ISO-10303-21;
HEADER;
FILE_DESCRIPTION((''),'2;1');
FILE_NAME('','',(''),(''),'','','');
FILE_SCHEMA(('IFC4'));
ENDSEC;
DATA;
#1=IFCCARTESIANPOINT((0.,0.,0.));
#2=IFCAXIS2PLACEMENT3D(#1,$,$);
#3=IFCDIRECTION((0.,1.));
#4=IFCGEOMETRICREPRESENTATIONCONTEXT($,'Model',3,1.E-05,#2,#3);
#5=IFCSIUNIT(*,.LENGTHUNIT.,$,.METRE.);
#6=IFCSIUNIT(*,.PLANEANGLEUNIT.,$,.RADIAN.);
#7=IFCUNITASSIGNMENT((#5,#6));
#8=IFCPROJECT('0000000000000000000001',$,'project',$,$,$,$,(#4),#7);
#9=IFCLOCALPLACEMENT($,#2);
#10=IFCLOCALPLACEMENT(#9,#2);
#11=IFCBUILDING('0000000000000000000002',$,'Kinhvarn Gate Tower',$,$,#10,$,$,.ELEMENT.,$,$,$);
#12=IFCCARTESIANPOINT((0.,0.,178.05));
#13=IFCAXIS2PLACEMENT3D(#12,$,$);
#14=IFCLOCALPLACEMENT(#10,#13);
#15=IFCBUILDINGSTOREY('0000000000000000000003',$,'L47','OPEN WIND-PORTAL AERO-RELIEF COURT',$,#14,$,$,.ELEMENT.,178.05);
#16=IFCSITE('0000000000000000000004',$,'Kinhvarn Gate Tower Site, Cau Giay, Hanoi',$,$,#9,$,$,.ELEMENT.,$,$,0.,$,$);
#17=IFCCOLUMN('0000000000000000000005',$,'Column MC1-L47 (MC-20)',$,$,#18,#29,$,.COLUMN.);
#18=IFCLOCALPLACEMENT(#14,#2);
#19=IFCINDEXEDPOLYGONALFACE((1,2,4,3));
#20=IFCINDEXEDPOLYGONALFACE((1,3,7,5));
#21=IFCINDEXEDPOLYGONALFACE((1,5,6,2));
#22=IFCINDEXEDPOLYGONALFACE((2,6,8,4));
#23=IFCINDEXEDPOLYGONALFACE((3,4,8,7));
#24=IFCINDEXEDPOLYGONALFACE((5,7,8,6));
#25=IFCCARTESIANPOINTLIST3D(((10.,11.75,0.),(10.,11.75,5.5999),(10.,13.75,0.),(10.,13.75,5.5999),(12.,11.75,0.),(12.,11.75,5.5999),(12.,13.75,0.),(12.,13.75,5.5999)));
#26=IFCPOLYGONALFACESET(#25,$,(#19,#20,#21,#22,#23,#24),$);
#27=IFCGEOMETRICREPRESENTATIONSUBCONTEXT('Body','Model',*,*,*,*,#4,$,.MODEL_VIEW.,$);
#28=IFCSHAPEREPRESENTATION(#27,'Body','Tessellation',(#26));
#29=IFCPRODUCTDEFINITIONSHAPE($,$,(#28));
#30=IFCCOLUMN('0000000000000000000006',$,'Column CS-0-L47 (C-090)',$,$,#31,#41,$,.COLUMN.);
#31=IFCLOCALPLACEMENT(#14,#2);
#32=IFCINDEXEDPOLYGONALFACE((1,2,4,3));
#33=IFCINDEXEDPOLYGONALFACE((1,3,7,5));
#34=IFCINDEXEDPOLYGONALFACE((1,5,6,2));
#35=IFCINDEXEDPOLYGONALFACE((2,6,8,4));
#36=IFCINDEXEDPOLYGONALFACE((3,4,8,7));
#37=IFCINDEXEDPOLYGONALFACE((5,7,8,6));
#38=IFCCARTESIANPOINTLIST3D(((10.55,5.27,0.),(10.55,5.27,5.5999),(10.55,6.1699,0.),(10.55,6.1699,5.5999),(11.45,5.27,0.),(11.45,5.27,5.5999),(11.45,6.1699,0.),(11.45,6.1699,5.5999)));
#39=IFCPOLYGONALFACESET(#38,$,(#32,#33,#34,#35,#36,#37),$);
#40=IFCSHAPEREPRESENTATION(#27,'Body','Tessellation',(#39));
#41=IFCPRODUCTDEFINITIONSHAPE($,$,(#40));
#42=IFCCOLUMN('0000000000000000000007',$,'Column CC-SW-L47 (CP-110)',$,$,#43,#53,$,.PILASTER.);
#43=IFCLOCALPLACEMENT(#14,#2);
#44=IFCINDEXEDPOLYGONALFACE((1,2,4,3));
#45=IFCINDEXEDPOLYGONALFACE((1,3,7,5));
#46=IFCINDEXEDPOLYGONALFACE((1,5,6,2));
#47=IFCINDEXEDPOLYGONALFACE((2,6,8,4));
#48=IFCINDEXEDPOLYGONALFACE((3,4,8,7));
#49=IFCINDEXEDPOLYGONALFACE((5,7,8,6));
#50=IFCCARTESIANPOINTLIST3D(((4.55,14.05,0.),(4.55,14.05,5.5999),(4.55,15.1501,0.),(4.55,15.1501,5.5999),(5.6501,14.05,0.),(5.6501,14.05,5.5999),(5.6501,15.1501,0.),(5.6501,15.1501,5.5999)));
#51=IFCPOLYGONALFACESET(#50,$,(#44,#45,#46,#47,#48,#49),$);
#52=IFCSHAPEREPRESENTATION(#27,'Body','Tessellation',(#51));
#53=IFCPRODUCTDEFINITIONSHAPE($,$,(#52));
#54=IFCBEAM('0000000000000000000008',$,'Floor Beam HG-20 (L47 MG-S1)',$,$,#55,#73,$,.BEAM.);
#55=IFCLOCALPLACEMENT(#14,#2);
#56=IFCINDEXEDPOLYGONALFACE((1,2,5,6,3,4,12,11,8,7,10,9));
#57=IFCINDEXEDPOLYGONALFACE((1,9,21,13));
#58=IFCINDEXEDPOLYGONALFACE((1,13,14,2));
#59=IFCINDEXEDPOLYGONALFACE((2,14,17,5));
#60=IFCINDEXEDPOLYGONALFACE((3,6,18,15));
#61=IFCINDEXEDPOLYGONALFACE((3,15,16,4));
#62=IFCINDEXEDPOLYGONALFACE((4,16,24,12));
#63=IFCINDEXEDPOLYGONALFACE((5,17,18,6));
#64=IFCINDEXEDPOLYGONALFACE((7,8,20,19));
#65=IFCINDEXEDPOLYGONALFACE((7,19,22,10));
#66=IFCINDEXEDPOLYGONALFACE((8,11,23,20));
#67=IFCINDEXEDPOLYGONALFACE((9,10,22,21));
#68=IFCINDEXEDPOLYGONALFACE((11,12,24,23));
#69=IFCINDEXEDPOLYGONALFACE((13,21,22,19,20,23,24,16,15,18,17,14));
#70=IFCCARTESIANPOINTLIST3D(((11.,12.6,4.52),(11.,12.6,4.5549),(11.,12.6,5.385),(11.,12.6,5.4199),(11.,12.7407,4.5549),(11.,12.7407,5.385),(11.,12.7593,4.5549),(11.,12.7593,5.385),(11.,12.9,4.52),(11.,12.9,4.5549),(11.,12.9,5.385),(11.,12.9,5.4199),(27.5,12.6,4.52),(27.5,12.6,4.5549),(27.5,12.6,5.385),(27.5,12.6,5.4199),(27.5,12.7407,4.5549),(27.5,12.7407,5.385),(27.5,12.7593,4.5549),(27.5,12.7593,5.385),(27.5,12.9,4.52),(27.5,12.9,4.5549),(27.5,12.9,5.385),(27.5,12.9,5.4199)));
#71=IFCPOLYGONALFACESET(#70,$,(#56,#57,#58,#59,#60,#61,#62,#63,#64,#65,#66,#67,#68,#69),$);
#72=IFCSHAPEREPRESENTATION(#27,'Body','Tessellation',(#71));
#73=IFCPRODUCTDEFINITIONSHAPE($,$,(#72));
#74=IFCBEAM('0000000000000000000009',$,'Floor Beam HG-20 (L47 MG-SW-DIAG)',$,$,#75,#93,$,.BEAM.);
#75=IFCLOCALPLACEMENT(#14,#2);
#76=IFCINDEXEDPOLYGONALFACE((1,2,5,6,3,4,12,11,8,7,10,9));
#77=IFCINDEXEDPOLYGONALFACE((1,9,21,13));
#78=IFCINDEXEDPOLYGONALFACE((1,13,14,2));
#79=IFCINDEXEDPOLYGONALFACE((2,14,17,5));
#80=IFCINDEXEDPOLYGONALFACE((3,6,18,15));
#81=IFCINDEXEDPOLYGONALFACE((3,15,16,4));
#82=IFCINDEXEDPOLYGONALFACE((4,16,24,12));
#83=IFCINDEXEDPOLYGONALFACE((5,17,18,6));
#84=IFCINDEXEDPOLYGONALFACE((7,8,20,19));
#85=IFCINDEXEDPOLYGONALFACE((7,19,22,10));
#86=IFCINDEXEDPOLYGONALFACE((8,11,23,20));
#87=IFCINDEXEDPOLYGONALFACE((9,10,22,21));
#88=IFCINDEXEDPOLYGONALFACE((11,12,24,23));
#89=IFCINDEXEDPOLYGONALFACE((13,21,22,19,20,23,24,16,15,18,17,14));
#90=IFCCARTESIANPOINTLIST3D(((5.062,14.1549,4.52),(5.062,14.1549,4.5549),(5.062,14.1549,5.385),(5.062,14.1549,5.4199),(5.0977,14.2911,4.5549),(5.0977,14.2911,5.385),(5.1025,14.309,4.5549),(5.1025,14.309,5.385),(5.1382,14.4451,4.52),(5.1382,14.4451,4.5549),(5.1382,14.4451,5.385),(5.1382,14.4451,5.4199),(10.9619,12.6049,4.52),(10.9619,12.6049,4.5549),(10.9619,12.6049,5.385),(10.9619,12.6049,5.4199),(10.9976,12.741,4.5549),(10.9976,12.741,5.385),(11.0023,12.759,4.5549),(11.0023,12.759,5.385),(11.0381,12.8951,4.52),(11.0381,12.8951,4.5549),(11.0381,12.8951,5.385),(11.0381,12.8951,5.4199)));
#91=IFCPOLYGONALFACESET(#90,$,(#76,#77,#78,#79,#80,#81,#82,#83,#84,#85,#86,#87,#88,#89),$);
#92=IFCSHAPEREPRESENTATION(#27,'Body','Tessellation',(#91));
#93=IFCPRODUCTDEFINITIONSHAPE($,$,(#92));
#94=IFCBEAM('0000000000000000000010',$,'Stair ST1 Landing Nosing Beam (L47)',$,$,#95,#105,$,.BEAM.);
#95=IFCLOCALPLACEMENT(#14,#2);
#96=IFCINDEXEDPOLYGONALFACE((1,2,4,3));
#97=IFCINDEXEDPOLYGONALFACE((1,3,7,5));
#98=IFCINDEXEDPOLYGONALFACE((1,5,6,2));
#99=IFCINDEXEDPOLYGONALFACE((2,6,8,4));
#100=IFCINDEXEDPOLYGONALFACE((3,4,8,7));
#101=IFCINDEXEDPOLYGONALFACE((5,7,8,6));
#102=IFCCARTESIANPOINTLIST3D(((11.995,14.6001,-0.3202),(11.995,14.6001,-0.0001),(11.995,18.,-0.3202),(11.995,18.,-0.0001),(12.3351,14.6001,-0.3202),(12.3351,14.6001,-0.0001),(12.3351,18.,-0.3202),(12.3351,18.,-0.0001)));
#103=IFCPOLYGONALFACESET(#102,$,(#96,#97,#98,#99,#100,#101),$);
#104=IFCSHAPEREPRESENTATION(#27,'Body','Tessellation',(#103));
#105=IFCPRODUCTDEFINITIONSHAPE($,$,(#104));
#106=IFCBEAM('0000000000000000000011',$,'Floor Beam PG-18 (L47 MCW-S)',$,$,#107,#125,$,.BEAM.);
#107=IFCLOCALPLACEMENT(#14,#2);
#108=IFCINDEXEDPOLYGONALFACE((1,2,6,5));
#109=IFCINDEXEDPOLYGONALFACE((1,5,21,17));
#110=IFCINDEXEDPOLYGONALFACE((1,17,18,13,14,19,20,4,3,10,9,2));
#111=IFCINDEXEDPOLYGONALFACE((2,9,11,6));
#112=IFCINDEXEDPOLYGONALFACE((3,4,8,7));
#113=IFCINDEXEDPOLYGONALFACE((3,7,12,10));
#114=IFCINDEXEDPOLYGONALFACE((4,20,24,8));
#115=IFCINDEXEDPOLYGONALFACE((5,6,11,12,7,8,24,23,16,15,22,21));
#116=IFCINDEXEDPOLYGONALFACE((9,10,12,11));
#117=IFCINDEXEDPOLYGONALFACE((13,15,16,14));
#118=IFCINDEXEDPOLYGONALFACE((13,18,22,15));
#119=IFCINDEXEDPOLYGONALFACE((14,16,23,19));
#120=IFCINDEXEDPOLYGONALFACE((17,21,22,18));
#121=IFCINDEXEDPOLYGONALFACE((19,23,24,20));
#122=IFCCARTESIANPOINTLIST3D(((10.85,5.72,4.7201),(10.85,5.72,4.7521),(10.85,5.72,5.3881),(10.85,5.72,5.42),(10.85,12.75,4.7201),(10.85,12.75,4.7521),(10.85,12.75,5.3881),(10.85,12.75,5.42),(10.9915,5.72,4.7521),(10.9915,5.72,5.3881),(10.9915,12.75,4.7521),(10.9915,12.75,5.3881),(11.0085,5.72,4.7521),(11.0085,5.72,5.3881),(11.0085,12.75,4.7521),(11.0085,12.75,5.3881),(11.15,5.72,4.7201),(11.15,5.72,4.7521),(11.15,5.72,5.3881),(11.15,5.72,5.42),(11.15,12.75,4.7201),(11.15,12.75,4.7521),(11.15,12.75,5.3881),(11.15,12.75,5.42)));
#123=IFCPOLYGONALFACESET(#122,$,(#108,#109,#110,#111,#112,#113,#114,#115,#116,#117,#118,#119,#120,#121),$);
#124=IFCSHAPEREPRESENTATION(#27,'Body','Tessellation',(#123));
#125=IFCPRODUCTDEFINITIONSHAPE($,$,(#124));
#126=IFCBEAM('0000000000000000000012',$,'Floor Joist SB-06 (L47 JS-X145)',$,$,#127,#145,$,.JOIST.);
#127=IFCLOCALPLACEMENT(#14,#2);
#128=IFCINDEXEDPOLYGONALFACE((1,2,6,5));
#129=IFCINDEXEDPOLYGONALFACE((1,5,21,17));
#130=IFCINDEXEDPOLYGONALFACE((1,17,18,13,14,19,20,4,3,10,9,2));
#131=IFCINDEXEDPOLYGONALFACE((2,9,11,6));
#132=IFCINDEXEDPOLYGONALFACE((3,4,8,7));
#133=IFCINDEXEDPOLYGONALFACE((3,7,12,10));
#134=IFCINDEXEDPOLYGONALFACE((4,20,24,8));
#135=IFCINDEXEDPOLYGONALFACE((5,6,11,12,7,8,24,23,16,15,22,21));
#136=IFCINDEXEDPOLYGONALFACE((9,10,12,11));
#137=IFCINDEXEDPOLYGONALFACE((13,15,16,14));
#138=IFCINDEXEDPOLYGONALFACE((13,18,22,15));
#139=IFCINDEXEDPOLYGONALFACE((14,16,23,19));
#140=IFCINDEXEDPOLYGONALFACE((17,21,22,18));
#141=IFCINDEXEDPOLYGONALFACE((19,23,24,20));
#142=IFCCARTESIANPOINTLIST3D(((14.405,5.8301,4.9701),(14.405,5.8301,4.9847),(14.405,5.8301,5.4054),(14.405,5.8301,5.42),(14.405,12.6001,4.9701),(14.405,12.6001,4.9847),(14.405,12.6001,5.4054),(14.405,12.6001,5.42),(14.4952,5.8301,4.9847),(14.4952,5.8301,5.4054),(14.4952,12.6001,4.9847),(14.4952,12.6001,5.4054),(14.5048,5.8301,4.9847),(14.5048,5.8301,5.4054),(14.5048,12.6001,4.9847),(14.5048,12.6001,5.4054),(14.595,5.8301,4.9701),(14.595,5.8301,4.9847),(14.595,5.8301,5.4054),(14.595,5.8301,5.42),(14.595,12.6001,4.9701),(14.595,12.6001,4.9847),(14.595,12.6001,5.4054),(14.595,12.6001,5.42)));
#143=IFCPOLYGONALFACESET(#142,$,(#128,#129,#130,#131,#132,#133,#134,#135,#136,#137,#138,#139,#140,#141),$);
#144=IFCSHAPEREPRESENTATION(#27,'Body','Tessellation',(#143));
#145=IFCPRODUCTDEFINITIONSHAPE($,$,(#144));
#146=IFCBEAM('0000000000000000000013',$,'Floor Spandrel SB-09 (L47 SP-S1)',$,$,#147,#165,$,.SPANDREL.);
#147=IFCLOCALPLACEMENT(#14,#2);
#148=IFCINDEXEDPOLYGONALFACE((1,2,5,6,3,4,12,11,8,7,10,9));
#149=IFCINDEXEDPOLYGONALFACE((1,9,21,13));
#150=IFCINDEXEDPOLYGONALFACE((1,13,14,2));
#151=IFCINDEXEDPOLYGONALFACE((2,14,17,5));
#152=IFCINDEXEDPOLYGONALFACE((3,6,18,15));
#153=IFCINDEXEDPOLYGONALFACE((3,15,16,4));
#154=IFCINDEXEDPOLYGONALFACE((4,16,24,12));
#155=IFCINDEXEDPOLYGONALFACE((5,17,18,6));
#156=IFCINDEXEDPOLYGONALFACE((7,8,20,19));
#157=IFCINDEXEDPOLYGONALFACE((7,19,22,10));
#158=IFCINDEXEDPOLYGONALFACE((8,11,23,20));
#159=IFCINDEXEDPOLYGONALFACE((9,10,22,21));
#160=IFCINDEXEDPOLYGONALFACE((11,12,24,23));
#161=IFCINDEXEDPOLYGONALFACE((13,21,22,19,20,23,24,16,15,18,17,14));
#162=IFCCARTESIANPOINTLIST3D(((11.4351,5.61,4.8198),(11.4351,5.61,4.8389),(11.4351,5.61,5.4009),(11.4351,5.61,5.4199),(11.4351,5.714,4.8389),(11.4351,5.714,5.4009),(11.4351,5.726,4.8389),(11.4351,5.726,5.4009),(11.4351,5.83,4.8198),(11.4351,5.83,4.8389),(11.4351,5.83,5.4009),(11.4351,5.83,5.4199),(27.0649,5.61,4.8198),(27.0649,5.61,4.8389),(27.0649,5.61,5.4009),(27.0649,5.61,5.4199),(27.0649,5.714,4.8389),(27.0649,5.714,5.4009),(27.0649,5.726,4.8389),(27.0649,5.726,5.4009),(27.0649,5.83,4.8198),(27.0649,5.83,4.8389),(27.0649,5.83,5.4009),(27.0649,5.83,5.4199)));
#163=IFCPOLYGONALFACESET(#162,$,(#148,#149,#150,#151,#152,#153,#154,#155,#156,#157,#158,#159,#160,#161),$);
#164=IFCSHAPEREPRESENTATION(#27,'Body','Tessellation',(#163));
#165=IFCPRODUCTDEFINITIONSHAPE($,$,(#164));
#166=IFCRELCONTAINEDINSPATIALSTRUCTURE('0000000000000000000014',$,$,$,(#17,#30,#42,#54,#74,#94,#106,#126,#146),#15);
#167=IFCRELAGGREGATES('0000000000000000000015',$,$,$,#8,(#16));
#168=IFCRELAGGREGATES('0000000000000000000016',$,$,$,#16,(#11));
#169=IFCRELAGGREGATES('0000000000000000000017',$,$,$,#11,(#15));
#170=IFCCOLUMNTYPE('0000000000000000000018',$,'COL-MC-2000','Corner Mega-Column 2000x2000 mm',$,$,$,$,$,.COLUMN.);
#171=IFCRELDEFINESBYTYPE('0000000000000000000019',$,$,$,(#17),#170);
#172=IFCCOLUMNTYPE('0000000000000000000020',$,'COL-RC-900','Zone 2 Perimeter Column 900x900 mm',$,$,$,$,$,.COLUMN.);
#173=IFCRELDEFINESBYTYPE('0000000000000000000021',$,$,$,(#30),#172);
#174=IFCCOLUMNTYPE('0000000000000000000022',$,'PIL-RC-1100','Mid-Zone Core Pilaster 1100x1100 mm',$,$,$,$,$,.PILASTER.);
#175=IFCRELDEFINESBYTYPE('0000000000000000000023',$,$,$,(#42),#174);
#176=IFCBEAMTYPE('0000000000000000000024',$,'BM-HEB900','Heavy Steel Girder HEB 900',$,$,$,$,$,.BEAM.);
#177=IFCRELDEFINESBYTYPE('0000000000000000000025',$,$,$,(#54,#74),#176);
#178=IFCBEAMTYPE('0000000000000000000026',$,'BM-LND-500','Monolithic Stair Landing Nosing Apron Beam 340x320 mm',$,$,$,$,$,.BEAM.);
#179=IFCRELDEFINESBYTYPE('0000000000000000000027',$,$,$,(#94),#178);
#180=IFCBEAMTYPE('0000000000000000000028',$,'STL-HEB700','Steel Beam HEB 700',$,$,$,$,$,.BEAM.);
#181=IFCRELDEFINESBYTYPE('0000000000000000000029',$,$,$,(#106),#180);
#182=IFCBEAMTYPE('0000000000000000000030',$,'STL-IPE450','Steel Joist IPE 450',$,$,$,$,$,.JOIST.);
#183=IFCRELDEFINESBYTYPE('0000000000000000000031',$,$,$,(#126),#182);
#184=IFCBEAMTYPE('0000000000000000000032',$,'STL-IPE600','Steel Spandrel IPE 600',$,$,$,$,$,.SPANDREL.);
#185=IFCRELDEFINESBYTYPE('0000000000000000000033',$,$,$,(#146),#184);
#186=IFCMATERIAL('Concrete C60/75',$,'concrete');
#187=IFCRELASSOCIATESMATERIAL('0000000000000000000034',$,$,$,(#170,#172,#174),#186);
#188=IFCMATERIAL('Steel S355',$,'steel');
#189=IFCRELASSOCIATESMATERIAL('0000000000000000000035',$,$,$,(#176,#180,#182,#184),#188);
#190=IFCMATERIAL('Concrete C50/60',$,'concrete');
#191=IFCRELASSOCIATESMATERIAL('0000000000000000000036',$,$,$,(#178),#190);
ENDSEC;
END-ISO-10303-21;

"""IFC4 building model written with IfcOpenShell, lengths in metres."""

from ifc_helpers import new_model, si_unit, direction, frame, origin, origin_2d, place, context, subcontext, project, spatial, rectangle, i_section, extrude, material, material_profile, profile_set, type_object, element, save


model = new_model("IFC4")

# Units and contexts
model_context = context("Model", 3, precision=1e-05, world=origin(), true_north=direction((0.0, 1.0)))
body_context = subcontext(model_context, "Body", "Model", "MODEL_VIEW")
ifc_project = project(units=[si_unit("LENGTHUNIT", "METRE"), si_unit("PLANEANGLEUNIT", "RADIAN")], contexts=[model_context])

# Site, building, storey
site_placement = place(None, origin())
site = spatial("IfcSite", under=ifc_project, at=site_placement, Name="Kinhvarn Gate Tower Site, Cau Giay, Hanoi", CompositionType="ELEMENT", RefElevation=0.0)
building_placement = place(site_placement, origin())
building = spatial("IfcBuilding", under=site, at=building_placement, Name="Kinhvarn Gate Tower", CompositionType="ELEMENT")
storey_placement = place(building_placement, frame((0.0, 0.0, 178.05)))
storey = spatial("IfcBuildingStorey", under=building, at=storey_placement, Name="L47", Description="OPEN WIND-PORTAL AERO-RELIEF COURT", CompositionType="ELEMENT", Elevation=178.05)

# Columns
ifc_material_1 = material(Name="Concrete C60/75", Category="concrete")
ifc_material_profile_1 = material_profile(ifc_material_1, rectangle(XDim=2.0, YDim=2.0, at=origin_2d()), Name="RC 2000x2000")
ifc_profile_set_1 = profile_set([ifc_material_profile_1], Name="Concrete C60/75")
column_type_1 = type_object("IfcColumnType", Name="COL-MC-2000", Description="Corner Mega-Column 2000x2000 mm", PredefinedType="COLUMN", material=ifc_profile_set_1)
column_1_placement = place(storey_placement, frame((11.0, 12.75, 0.0), z_axis=(0.0, 0.0, 1.0), x_axis=(1.0, 0.0, 0.0)))
element("IfcColumn", 1, at=column_1_placement, inside=storey, type_object=column_type_1, Name="Column MC1-L47 (MC-20)", PredefinedType="COLUMN", context=body_context, shape_type="SweptSolid", body=[
    extrude(rectangle(XDim=2.0, YDim=2.0, at=origin_2d()), origin(), (0.0, 0.0, 1.0), 5.5999),
])
ifc_material_profile_2 = material_profile(ifc_material_1, rectangle(XDim=0.8999, YDim=0.8999, at=origin_2d()), Name="RC 900x900")
ifc_profile_set_2 = profile_set([ifc_material_profile_2], Name="Concrete C60/75")
column_type_2 = type_object("IfcColumnType", Name="COL-RC-900", Description="Zone 2 Perimeter Column 900x900 mm", PredefinedType="COLUMN", material=ifc_profile_set_2)
column_2_placement = place(storey_placement, frame((11.0, 5.72, 0.0), z_axis=(0.0, 0.0, 1.0), x_axis=(1.0, 0.0, 0.0)))
element("IfcColumn", 2, at=column_2_placement, inside=storey, type_object=column_type_2, Name="Column CS-0-L47 (C-090)", PredefinedType="COLUMN", context=body_context, shape_type="SweptSolid", body=[
    extrude(rectangle(XDim=0.8999, YDim=0.8999, at=origin_2d()), origin(), (0.0, 0.0, 1.0), 5.5999),
])
ifc_material_profile_3 = material_profile(ifc_material_1, rectangle(XDim=1.1001, YDim=1.1001, at=origin_2d()), Name="RC 1100x1100")
ifc_profile_set_3 = profile_set([ifc_material_profile_3], Name="Concrete C60/75")
column_type_3 = type_object("IfcColumnType", Name="PIL-RC-1100", Description="Mid-Zone Core Pilaster 1100x1100 mm", PredefinedType="PILASTER", material=ifc_profile_set_3)
column_3_placement = place(storey_placement, frame((5.1001, 14.6001, 0.0), z_axis=(0.0, 0.0, 1.0), x_axis=(1.0, 0.0, 0.0)))
element("IfcColumn", 3, at=column_3_placement, inside=storey, type_object=column_type_3, Name="Column CC-SW-L47 (CP-110)", PredefinedType="PILASTER", context=body_context, shape_type="SweptSolid", body=[
    extrude(rectangle(XDim=1.1001, YDim=1.1001, at=origin_2d()), origin(), (0.0, 0.0, 1.0), 5.5999),
])

# Beams
ifc_material_2 = material(Name="Steel S355", Category="steel")
ifc_material_profile_4 = material_profile(ifc_material_2, i_section(OverallWidth=0.3, OverallDepth=0.8999, WebThickness=0.0186, FlangeThickness=0.0349, at=origin_2d()), Name="HEB 900")
ifc_profile_set_4 = profile_set([ifc_material_profile_4], Name="Steel S355")
beam_type_1 = type_object("IfcBeamType", Name="BM-HEB900", Description="Heavy Steel Girder HEB 900", PredefinedType="BEAM", material=ifc_profile_set_4)
beam_1_placement = place(storey_placement, frame((11.0, 12.75, 4.97), z_axis=(1.0, 0.0, 0.0), x_axis=(0.0, 1.0, 0.0)))
element("IfcBeam", 4, at=beam_1_placement, inside=storey, type_object=beam_type_1, Name="Floor Beam HG-20 (L47 MG-S1)", PredefinedType="BEAM", context=body_context, shape_type="SweptSolid", body=[
    extrude(i_section(OverallWidth=0.3, OverallDepth=0.8999, WebThickness=0.0186, FlangeThickness=0.0349, at=origin_2d()), origin(), (0.0, 0.0, 1.0), 16.5),
])
beam_2_placement = place(storey_placement, frame((5.1001, 14.3, 4.97), z_axis=(0.967178, -0.254101, 0.0), x_axis=(0.254101, 0.967178, 0.0)))
element("IfcBeam", 5, at=beam_2_placement, inside=storey, type_object=beam_type_1, Name="Floor Beam HG-20 (L47 MG-SW-DIAG)", PredefinedType="BEAM", context=body_context, shape_type="SweptSolid", body=[
    extrude(i_section(OverallWidth=0.3, OverallDepth=0.8999, WebThickness=0.0186, FlangeThickness=0.0349, at=origin_2d()), origin(), (0.0, 0.0, 1.0), 6.1001),
])
ifc_material_3 = material(Name="Concrete C50/60", Category="concrete")
ifc_material_profile_5 = material_profile(ifc_material_3, rectangle(XDim=0.3401, YDim=0.3201, at=origin_2d()), Name="RC 340x320")
ifc_profile_set_5 = profile_set([ifc_material_profile_5], Name="Concrete C50/60")
beam_type_2 = type_object("IfcBeamType", Name="BM-LND-500", Description="Monolithic Stair Landing Nosing Apron Beam 340x320 mm", PredefinedType="BEAM", material=ifc_profile_set_5)
beam_3_placement = place(storey_placement, frame((12.165, 14.6001, -0.1602), z_axis=(0.0, 1.0, 0.0), x_axis=(-1.0, 0.0, 0.0)))
element("IfcBeam", 6, at=beam_3_placement, inside=storey, type_object=beam_type_2, Name="Stair ST1 Landing Nosing Beam (L47)", PredefinedType="BEAM", context=body_context, shape_type="SweptSolid", body=[
    extrude(rectangle(XDim=0.3401, YDim=0.3201, at=origin_2d()), origin(), (0.0, 0.0, 1.0), 3.3999),
])
ifc_material_profile_6 = material_profile(ifc_material_2, i_section(OverallWidth=0.3, OverallDepth=0.7, WebThickness=0.0171, FlangeThickness=0.032, at=origin_2d()), Name="HEB 700")
ifc_profile_set_6 = profile_set([ifc_material_profile_6], Name="Steel S355")
beam_type_3 = type_object("IfcBeamType", Name="STL-HEB700", Description="Steel Beam HEB 700", PredefinedType="BEAM", material=ifc_profile_set_6)
beam_4_placement = place(storey_placement, frame((11.0, 5.72, 5.0701), z_axis=(0.0, 1.0, 0.0), x_axis=(-1.0, 0.0, 0.0)))
element("IfcBeam", 7, at=beam_4_placement, inside=storey, type_object=beam_type_3, Name="Floor Beam PG-18 (L47 MCW-S)", PredefinedType="BEAM", context=body_context, shape_type="SweptSolid", body=[
    extrude(i_section(OverallWidth=0.3, OverallDepth=0.7, WebThickness=0.0171, FlangeThickness=0.032, at=origin_2d()), origin(), (0.0, 0.0, 1.0), 7.03),
])
ifc_material_profile_7 = material_profile(ifc_material_2, i_section(OverallWidth=0.1899, OverallDepth=0.45, WebThickness=0.0095, FlangeThickness=0.0146, at=origin_2d()), Name="IPE 450")
ifc_profile_set_7 = profile_set([ifc_material_profile_7], Name="Steel S355")
beam_type_4 = type_object("IfcBeamType", Name="STL-IPE450", Description="Steel Joist IPE 450", PredefinedType="JOIST", material=ifc_profile_set_7)
beam_5_placement = place(storey_placement, frame((14.5, 5.8301, 5.1951), z_axis=(0.0, 1.0, 0.0), x_axis=(-1.0, 0.0, 0.0)))
element("IfcBeam", 8, at=beam_5_placement, inside=storey, type_object=beam_type_4, Name="Floor Joist SB-06 (L47 JS-X145)", PredefinedType="JOIST", context=body_context, shape_type="SweptSolid", body=[
    extrude(i_section(OverallWidth=0.1899, OverallDepth=0.45, WebThickness=0.0095, FlangeThickness=0.0146, at=origin_2d()), origin(), (0.0, 0.0, 1.0), 6.77),
])
ifc_material_profile_8 = material_profile(ifc_material_2, i_section(OverallWidth=0.22, OverallDepth=0.6001, WebThickness=0.012, FlangeThickness=0.019, at=origin_2d()), Name="IPE 600")
ifc_profile_set_8 = profile_set([ifc_material_profile_8], Name="Steel S355")
beam_type_5 = type_object("IfcBeamType", Name="STL-IPE600", Description="Steel Spandrel IPE 600", PredefinedType="SPANDREL", material=ifc_profile_set_8)
beam_6_placement = place(storey_placement, frame((11.4351, 5.72, 5.1199), z_axis=(1.0, 0.0, 0.0), x_axis=(0.0, 1.0, 0.0)))
element("IfcBeam", 9, at=beam_6_placement, inside=storey, type_object=beam_type_5, Name="Floor Spandrel SB-09 (L47 SP-S1)", PredefinedType="SPANDREL", context=body_context, shape_type="SweptSolid", body=[
    extrude(i_section(OverallWidth=0.22, OverallDepth=0.6001, WebThickness=0.012, FlangeThickness=0.019, at=origin_2d()), origin(), (0.0, 0.0, 1.0), 15.6299),
])

save(model, "model.ifc")
